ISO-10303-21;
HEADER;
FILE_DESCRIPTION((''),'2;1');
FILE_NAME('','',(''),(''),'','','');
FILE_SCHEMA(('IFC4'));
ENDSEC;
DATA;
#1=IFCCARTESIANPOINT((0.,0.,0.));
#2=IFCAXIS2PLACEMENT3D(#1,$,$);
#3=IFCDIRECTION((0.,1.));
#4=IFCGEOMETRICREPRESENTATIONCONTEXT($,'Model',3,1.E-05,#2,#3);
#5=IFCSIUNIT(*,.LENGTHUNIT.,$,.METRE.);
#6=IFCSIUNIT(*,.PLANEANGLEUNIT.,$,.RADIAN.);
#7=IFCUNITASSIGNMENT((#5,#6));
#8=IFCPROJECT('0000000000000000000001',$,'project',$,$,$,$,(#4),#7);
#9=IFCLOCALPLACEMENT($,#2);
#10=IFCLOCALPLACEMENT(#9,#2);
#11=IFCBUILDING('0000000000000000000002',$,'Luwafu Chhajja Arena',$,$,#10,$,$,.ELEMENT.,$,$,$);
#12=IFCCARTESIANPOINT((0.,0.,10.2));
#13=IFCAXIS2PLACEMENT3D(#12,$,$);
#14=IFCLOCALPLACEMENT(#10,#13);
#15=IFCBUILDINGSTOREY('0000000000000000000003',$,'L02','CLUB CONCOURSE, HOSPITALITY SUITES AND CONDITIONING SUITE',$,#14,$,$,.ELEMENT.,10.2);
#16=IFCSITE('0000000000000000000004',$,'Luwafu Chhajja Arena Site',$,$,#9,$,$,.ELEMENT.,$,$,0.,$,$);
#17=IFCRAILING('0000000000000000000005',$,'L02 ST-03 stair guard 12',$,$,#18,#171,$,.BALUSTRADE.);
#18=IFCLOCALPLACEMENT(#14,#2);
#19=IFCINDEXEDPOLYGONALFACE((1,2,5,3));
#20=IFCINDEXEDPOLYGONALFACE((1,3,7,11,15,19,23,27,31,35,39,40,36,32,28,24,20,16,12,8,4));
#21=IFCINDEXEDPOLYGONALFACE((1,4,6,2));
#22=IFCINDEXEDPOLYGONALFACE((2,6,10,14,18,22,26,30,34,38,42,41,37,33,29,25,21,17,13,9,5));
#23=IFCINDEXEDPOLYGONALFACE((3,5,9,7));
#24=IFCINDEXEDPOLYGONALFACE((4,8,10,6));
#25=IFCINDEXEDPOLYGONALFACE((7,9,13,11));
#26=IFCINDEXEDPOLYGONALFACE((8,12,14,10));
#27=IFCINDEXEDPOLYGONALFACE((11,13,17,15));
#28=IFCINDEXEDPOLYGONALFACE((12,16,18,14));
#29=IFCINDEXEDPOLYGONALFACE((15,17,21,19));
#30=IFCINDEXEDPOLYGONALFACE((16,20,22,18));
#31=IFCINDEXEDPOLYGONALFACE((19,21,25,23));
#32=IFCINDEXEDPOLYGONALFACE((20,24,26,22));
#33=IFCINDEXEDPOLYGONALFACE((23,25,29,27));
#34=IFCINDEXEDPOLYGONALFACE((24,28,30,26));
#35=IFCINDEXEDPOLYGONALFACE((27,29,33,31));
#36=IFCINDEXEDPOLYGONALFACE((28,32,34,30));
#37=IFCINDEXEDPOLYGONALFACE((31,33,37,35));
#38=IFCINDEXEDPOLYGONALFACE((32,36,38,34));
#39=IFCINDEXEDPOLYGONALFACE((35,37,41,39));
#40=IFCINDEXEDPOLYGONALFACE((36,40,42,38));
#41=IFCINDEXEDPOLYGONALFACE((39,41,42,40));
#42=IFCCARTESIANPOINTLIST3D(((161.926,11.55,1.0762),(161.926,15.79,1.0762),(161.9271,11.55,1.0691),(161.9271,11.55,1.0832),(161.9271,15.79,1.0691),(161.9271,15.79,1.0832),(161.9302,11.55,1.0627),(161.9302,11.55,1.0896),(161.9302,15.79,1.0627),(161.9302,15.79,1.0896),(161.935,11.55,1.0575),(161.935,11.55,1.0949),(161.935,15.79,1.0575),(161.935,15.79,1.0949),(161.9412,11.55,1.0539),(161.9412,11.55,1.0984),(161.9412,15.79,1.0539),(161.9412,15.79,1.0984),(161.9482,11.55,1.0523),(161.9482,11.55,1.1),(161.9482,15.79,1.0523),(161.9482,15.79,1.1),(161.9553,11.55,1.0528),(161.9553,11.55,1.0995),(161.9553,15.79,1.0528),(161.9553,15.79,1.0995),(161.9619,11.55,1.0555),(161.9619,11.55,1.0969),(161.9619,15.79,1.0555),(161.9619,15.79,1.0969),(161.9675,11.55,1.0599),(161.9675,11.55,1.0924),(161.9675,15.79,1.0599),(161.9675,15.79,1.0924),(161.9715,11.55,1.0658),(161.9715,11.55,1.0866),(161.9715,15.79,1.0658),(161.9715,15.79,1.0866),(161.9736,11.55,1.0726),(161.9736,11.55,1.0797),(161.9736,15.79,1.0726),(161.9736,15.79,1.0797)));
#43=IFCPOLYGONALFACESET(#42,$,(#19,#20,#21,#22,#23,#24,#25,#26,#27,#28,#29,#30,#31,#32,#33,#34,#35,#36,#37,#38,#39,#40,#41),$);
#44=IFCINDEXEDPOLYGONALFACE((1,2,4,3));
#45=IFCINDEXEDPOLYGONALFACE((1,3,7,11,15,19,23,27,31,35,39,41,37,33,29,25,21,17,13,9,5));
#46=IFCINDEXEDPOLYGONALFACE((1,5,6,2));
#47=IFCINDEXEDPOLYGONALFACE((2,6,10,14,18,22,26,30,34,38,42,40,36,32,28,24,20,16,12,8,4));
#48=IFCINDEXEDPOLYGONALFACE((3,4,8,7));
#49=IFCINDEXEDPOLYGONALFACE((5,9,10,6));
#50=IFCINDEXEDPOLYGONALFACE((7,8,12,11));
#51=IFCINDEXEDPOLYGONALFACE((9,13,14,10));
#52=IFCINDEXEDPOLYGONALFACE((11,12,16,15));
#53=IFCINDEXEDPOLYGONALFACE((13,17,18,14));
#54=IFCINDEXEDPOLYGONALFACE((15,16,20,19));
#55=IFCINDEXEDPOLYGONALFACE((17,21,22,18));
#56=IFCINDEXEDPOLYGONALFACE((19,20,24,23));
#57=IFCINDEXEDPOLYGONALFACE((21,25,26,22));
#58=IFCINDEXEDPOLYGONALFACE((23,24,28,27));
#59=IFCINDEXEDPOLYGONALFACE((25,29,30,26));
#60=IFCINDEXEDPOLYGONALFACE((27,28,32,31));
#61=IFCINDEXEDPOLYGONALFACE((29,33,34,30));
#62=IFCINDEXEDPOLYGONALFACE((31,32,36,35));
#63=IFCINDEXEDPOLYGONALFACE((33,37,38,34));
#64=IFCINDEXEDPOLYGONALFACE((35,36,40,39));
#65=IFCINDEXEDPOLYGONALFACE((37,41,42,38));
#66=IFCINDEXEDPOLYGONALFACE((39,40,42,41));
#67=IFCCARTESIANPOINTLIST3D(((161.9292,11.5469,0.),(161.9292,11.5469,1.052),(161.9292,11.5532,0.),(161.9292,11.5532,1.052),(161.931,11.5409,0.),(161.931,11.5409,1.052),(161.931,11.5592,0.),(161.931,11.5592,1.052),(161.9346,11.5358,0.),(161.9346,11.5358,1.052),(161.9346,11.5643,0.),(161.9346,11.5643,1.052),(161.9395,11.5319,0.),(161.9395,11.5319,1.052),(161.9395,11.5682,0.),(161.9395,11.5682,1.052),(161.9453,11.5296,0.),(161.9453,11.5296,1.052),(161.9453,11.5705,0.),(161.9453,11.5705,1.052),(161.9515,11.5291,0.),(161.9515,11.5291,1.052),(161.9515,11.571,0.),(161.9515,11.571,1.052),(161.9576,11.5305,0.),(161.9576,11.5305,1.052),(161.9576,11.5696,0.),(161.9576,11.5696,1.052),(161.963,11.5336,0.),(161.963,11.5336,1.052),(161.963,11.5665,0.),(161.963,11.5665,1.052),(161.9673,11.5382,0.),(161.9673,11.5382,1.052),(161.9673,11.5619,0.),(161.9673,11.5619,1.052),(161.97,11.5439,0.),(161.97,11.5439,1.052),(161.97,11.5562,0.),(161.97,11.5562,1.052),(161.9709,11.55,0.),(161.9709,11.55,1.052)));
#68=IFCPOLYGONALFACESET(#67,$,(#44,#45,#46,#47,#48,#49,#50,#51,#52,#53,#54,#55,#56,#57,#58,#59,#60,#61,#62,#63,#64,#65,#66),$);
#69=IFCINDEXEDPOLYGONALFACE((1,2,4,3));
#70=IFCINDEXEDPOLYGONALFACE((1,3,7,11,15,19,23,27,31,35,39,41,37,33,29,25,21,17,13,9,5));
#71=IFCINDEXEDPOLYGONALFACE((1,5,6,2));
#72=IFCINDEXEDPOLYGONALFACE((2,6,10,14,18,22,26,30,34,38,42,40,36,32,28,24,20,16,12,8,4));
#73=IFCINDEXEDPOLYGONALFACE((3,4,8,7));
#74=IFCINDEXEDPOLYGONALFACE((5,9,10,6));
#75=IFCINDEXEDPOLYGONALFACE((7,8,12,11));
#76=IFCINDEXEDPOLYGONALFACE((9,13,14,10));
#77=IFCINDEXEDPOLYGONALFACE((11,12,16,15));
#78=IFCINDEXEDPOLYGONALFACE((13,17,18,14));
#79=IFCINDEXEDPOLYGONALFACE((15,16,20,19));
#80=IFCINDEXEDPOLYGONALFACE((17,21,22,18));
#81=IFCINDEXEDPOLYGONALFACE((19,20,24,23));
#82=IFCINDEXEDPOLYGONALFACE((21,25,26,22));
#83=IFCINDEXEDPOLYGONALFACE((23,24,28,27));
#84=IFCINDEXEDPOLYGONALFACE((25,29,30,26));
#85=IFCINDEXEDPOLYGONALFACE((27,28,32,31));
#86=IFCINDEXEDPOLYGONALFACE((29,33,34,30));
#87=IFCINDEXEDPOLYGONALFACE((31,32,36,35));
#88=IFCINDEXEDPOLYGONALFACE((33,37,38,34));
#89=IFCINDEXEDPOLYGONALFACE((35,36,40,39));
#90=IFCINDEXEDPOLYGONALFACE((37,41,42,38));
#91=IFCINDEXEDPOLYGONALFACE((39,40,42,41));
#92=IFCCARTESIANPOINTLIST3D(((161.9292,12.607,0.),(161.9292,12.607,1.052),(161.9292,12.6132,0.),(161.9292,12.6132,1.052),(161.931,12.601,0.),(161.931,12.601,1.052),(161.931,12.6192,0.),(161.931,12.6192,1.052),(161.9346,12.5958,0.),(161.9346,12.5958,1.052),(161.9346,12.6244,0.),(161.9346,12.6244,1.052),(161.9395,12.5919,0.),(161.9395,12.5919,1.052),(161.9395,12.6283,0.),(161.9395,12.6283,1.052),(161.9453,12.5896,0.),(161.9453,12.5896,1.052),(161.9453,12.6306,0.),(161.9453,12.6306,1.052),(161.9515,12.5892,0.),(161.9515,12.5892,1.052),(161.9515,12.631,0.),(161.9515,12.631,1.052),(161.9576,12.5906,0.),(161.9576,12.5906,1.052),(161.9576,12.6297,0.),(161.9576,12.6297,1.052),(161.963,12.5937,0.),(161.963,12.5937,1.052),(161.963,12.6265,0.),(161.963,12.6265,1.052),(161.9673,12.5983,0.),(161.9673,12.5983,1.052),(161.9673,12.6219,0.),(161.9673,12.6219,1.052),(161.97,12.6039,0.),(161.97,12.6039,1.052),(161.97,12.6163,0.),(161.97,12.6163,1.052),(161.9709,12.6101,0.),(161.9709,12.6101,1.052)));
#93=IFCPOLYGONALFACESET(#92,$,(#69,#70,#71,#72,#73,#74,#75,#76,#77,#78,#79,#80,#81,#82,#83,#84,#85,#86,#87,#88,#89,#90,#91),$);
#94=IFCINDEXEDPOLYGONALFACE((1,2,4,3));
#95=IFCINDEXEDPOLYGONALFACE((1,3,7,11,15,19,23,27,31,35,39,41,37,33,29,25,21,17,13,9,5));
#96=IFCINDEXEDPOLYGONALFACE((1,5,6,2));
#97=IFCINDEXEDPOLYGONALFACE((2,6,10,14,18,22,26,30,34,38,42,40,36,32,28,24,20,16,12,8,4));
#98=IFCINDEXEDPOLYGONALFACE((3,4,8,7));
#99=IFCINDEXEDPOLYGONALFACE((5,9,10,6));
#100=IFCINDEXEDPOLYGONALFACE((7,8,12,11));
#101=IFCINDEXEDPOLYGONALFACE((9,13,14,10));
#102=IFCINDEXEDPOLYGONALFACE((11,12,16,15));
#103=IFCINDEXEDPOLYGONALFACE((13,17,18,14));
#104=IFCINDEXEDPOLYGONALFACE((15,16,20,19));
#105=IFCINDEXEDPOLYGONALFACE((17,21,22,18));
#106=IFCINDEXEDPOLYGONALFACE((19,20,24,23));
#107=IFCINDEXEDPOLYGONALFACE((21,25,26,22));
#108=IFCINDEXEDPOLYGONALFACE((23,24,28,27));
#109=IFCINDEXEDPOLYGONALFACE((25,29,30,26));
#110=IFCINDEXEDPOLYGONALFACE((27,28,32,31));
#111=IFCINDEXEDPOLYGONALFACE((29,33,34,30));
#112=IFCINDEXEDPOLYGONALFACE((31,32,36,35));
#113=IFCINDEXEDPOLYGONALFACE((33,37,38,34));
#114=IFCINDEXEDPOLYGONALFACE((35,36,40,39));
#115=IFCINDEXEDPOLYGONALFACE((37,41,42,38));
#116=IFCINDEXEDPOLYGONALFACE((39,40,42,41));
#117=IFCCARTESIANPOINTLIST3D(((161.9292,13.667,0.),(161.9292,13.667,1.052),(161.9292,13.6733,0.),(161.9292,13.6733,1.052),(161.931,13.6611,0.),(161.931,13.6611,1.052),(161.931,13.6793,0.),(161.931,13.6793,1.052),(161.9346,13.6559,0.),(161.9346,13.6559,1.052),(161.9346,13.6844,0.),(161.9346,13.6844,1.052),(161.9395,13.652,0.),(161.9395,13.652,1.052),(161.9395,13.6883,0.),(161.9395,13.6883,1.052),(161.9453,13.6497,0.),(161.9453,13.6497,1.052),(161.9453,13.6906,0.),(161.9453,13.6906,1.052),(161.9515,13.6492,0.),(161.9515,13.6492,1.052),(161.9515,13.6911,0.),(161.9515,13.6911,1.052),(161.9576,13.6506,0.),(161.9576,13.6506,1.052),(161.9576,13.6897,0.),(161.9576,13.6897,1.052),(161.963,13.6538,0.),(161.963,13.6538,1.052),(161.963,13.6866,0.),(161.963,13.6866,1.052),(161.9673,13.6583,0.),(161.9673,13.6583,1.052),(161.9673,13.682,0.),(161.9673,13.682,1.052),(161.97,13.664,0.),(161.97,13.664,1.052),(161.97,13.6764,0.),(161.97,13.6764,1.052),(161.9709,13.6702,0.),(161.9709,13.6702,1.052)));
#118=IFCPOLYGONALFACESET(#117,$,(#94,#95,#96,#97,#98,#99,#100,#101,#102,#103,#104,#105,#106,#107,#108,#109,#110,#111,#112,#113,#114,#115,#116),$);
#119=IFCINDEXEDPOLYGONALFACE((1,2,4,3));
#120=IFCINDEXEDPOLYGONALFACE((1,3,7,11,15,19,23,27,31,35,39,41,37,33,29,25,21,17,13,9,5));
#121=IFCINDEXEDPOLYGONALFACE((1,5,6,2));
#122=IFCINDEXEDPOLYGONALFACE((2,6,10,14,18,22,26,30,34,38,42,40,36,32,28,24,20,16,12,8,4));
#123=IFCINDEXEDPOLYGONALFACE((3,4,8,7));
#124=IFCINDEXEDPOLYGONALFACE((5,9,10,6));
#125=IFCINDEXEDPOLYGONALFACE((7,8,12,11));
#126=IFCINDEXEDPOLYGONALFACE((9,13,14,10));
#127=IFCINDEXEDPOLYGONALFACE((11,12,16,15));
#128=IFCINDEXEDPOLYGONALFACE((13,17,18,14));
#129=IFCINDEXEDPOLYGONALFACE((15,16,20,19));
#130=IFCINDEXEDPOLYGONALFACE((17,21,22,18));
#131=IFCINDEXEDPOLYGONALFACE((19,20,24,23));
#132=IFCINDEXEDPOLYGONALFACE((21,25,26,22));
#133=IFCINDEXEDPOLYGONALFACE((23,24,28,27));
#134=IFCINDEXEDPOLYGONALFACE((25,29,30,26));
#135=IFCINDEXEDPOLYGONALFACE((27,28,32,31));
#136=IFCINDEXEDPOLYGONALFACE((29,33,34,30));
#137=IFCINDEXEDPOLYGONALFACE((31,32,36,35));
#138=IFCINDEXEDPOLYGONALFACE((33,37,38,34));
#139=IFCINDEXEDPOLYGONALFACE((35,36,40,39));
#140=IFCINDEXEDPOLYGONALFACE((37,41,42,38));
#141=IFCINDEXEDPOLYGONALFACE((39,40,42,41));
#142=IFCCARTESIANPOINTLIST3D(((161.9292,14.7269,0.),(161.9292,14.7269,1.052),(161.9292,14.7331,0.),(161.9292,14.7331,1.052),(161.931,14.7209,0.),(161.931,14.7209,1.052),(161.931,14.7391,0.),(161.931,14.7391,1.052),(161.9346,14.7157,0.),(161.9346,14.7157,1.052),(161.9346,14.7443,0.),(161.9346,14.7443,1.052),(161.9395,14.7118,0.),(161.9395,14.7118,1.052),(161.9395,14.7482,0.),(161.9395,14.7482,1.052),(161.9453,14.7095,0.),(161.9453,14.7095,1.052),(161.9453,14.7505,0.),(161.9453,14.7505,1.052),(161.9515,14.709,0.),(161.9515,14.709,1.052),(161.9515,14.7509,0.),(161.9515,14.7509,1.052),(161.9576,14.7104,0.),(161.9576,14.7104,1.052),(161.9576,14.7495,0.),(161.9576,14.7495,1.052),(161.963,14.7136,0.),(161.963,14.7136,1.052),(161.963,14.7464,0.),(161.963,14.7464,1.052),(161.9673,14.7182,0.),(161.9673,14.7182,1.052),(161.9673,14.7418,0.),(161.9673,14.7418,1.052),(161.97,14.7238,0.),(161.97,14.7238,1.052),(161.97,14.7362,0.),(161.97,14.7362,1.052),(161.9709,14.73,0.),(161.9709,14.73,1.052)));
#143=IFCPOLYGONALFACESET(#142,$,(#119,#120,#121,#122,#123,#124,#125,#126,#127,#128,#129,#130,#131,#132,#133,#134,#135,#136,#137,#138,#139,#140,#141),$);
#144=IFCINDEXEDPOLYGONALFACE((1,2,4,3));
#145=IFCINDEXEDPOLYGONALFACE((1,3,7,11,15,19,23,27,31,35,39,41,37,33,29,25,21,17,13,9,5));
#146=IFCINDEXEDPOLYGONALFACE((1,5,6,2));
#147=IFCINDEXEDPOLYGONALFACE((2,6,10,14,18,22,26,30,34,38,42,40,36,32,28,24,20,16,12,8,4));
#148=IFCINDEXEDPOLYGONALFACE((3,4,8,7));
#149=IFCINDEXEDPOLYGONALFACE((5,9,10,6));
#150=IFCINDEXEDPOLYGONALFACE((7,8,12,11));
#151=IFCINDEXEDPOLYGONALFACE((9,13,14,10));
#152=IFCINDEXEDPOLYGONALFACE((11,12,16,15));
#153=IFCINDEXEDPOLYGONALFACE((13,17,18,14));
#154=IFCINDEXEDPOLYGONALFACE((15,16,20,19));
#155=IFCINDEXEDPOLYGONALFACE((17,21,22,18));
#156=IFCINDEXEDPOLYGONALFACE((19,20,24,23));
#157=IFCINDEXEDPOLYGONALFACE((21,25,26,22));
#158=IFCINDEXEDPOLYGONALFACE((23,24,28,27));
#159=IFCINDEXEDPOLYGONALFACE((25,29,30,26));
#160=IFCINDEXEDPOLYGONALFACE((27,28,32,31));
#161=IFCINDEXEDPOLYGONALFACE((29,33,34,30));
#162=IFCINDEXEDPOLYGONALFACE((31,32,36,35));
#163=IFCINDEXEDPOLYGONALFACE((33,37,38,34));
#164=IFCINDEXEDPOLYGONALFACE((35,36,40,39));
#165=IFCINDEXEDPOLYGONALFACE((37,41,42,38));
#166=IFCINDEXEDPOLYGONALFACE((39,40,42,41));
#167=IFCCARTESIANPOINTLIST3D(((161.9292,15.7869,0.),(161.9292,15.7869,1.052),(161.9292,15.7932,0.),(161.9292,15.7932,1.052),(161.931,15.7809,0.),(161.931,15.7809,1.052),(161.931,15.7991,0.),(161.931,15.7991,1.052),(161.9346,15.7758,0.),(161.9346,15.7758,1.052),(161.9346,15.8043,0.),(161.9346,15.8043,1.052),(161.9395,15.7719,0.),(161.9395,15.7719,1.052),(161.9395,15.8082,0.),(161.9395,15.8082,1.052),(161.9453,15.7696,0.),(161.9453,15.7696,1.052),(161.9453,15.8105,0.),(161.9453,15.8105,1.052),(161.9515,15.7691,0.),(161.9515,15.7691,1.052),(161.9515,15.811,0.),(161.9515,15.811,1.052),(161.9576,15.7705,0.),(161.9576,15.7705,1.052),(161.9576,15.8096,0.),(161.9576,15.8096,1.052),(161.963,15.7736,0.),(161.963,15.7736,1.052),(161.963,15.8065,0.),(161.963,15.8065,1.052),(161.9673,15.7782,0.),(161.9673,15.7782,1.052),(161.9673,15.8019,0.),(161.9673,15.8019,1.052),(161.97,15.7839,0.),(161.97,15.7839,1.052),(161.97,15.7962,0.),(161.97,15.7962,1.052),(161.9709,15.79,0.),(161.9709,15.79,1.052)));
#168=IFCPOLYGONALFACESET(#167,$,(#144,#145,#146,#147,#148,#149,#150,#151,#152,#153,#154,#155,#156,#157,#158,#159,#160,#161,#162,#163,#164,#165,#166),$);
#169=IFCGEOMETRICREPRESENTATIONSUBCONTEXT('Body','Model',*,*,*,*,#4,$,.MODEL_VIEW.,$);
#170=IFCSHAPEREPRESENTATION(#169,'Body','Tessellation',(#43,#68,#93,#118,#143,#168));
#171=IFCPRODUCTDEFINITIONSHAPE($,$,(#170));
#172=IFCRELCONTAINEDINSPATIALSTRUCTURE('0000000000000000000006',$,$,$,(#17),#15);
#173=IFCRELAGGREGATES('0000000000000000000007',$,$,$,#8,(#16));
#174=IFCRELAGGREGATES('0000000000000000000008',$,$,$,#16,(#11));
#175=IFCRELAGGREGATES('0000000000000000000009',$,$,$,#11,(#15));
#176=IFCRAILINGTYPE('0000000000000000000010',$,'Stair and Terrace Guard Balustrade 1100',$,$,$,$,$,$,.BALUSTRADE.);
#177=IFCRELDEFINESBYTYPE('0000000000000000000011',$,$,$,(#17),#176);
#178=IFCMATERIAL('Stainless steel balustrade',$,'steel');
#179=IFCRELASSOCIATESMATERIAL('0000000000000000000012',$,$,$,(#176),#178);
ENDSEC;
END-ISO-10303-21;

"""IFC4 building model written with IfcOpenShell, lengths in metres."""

from ifc_helpers import new_model, si_unit, direction, frame, origin, origin_2d, place, context, subcontext, project, spatial, circle, extrude, material, type_object, element, save


model = new_model("IFC4")

# Units and contexts
model_context = context("Model", 3, precision=1e-05, world=origin(), true_north=direction((0.0, 1.0)))
body_context = subcontext(model_context, "Body", "Model", "MODEL_VIEW")
ifc_project = project(units=[si_unit("LENGTHUNIT", "METRE"), si_unit("PLANEANGLEUNIT", "RADIAN")], contexts=[model_context])

# Site, building, storey
site_placement = place(None, origin())
site = spatial("IfcSite", under=ifc_project, at=site_placement, Name="Luwafu Chhajja Arena Site", CompositionType="ELEMENT", RefElevation=0.0)
building_placement = place(site_placement, origin())
building = spatial("IfcBuilding", under=site, at=building_placement, Name="Luwafu Chhajja Arena", CompositionType="ELEMENT")
storey_placement = place(building_placement, frame((0.0, 0.0, 10.2)))
storey = spatial("IfcBuildingStorey", under=building, at=storey_placement, Name="L02", Description="CLUB CONCOURSE, HOSPITALITY SUITES AND CONDITIONING SUITE", CompositionType="ELEMENT", Elevation=10.2)

# Railing
ifc_material_1 = material(Name="Stainless steel balustrade", Category="steel")
railing_type_1 = type_object("IfcRailingType", Name="Stair and Terrace Guard Balustrade 1100", PredefinedType="BALUSTRADE", material=ifc_material_1)
for number, where, name in (
    (1, (161.95, 11.55, 0.0), "L02 ST-03 stair guard 12"),
):
    element("IfcRailing", number, at=place(storey_placement, frame(where)), inside=storey, type_object=railing_type_1, Name=name, PredefinedType="BALUSTRADE", context=body_context, shape_type="SweptSolid", body=[
        extrude(circle(Radius=0.0239, at=origin_2d()), frame((0.0, 0.0, 1.0762), z_axis=(0.0, 1.0, 0.0), x_axis=(-1.0, 0.0, 0.0)), (0.0, 0.0, 1.0), 4.24),
        extrude(circle(Radius=0.021, at=origin_2d()), origin(), (0.0, 0.0, 1.0), 1.052),
        extrude(circle(Radius=0.021, at=origin_2d()), frame((0.0, 1.0601, 0.0)), (0.0, 0.0, 1.0), 1.052),
        extrude(circle(Radius=0.021, at=origin_2d()), frame((0.0, 2.1201, 0.0)), (0.0, 0.0, 1.0), 1.052),
        extrude(circle(Radius=0.021, at=origin_2d()), frame((0.0, 3.1799, 0.0)), (0.0, 0.0, 1.0), 1.052),
        extrude(circle(Radius=0.021, at=origin_2d()), frame((0.0, 4.24, 0.0)), (0.0, 0.0, 1.0), 1.052),
    ])

save(model, "model.ifc")
